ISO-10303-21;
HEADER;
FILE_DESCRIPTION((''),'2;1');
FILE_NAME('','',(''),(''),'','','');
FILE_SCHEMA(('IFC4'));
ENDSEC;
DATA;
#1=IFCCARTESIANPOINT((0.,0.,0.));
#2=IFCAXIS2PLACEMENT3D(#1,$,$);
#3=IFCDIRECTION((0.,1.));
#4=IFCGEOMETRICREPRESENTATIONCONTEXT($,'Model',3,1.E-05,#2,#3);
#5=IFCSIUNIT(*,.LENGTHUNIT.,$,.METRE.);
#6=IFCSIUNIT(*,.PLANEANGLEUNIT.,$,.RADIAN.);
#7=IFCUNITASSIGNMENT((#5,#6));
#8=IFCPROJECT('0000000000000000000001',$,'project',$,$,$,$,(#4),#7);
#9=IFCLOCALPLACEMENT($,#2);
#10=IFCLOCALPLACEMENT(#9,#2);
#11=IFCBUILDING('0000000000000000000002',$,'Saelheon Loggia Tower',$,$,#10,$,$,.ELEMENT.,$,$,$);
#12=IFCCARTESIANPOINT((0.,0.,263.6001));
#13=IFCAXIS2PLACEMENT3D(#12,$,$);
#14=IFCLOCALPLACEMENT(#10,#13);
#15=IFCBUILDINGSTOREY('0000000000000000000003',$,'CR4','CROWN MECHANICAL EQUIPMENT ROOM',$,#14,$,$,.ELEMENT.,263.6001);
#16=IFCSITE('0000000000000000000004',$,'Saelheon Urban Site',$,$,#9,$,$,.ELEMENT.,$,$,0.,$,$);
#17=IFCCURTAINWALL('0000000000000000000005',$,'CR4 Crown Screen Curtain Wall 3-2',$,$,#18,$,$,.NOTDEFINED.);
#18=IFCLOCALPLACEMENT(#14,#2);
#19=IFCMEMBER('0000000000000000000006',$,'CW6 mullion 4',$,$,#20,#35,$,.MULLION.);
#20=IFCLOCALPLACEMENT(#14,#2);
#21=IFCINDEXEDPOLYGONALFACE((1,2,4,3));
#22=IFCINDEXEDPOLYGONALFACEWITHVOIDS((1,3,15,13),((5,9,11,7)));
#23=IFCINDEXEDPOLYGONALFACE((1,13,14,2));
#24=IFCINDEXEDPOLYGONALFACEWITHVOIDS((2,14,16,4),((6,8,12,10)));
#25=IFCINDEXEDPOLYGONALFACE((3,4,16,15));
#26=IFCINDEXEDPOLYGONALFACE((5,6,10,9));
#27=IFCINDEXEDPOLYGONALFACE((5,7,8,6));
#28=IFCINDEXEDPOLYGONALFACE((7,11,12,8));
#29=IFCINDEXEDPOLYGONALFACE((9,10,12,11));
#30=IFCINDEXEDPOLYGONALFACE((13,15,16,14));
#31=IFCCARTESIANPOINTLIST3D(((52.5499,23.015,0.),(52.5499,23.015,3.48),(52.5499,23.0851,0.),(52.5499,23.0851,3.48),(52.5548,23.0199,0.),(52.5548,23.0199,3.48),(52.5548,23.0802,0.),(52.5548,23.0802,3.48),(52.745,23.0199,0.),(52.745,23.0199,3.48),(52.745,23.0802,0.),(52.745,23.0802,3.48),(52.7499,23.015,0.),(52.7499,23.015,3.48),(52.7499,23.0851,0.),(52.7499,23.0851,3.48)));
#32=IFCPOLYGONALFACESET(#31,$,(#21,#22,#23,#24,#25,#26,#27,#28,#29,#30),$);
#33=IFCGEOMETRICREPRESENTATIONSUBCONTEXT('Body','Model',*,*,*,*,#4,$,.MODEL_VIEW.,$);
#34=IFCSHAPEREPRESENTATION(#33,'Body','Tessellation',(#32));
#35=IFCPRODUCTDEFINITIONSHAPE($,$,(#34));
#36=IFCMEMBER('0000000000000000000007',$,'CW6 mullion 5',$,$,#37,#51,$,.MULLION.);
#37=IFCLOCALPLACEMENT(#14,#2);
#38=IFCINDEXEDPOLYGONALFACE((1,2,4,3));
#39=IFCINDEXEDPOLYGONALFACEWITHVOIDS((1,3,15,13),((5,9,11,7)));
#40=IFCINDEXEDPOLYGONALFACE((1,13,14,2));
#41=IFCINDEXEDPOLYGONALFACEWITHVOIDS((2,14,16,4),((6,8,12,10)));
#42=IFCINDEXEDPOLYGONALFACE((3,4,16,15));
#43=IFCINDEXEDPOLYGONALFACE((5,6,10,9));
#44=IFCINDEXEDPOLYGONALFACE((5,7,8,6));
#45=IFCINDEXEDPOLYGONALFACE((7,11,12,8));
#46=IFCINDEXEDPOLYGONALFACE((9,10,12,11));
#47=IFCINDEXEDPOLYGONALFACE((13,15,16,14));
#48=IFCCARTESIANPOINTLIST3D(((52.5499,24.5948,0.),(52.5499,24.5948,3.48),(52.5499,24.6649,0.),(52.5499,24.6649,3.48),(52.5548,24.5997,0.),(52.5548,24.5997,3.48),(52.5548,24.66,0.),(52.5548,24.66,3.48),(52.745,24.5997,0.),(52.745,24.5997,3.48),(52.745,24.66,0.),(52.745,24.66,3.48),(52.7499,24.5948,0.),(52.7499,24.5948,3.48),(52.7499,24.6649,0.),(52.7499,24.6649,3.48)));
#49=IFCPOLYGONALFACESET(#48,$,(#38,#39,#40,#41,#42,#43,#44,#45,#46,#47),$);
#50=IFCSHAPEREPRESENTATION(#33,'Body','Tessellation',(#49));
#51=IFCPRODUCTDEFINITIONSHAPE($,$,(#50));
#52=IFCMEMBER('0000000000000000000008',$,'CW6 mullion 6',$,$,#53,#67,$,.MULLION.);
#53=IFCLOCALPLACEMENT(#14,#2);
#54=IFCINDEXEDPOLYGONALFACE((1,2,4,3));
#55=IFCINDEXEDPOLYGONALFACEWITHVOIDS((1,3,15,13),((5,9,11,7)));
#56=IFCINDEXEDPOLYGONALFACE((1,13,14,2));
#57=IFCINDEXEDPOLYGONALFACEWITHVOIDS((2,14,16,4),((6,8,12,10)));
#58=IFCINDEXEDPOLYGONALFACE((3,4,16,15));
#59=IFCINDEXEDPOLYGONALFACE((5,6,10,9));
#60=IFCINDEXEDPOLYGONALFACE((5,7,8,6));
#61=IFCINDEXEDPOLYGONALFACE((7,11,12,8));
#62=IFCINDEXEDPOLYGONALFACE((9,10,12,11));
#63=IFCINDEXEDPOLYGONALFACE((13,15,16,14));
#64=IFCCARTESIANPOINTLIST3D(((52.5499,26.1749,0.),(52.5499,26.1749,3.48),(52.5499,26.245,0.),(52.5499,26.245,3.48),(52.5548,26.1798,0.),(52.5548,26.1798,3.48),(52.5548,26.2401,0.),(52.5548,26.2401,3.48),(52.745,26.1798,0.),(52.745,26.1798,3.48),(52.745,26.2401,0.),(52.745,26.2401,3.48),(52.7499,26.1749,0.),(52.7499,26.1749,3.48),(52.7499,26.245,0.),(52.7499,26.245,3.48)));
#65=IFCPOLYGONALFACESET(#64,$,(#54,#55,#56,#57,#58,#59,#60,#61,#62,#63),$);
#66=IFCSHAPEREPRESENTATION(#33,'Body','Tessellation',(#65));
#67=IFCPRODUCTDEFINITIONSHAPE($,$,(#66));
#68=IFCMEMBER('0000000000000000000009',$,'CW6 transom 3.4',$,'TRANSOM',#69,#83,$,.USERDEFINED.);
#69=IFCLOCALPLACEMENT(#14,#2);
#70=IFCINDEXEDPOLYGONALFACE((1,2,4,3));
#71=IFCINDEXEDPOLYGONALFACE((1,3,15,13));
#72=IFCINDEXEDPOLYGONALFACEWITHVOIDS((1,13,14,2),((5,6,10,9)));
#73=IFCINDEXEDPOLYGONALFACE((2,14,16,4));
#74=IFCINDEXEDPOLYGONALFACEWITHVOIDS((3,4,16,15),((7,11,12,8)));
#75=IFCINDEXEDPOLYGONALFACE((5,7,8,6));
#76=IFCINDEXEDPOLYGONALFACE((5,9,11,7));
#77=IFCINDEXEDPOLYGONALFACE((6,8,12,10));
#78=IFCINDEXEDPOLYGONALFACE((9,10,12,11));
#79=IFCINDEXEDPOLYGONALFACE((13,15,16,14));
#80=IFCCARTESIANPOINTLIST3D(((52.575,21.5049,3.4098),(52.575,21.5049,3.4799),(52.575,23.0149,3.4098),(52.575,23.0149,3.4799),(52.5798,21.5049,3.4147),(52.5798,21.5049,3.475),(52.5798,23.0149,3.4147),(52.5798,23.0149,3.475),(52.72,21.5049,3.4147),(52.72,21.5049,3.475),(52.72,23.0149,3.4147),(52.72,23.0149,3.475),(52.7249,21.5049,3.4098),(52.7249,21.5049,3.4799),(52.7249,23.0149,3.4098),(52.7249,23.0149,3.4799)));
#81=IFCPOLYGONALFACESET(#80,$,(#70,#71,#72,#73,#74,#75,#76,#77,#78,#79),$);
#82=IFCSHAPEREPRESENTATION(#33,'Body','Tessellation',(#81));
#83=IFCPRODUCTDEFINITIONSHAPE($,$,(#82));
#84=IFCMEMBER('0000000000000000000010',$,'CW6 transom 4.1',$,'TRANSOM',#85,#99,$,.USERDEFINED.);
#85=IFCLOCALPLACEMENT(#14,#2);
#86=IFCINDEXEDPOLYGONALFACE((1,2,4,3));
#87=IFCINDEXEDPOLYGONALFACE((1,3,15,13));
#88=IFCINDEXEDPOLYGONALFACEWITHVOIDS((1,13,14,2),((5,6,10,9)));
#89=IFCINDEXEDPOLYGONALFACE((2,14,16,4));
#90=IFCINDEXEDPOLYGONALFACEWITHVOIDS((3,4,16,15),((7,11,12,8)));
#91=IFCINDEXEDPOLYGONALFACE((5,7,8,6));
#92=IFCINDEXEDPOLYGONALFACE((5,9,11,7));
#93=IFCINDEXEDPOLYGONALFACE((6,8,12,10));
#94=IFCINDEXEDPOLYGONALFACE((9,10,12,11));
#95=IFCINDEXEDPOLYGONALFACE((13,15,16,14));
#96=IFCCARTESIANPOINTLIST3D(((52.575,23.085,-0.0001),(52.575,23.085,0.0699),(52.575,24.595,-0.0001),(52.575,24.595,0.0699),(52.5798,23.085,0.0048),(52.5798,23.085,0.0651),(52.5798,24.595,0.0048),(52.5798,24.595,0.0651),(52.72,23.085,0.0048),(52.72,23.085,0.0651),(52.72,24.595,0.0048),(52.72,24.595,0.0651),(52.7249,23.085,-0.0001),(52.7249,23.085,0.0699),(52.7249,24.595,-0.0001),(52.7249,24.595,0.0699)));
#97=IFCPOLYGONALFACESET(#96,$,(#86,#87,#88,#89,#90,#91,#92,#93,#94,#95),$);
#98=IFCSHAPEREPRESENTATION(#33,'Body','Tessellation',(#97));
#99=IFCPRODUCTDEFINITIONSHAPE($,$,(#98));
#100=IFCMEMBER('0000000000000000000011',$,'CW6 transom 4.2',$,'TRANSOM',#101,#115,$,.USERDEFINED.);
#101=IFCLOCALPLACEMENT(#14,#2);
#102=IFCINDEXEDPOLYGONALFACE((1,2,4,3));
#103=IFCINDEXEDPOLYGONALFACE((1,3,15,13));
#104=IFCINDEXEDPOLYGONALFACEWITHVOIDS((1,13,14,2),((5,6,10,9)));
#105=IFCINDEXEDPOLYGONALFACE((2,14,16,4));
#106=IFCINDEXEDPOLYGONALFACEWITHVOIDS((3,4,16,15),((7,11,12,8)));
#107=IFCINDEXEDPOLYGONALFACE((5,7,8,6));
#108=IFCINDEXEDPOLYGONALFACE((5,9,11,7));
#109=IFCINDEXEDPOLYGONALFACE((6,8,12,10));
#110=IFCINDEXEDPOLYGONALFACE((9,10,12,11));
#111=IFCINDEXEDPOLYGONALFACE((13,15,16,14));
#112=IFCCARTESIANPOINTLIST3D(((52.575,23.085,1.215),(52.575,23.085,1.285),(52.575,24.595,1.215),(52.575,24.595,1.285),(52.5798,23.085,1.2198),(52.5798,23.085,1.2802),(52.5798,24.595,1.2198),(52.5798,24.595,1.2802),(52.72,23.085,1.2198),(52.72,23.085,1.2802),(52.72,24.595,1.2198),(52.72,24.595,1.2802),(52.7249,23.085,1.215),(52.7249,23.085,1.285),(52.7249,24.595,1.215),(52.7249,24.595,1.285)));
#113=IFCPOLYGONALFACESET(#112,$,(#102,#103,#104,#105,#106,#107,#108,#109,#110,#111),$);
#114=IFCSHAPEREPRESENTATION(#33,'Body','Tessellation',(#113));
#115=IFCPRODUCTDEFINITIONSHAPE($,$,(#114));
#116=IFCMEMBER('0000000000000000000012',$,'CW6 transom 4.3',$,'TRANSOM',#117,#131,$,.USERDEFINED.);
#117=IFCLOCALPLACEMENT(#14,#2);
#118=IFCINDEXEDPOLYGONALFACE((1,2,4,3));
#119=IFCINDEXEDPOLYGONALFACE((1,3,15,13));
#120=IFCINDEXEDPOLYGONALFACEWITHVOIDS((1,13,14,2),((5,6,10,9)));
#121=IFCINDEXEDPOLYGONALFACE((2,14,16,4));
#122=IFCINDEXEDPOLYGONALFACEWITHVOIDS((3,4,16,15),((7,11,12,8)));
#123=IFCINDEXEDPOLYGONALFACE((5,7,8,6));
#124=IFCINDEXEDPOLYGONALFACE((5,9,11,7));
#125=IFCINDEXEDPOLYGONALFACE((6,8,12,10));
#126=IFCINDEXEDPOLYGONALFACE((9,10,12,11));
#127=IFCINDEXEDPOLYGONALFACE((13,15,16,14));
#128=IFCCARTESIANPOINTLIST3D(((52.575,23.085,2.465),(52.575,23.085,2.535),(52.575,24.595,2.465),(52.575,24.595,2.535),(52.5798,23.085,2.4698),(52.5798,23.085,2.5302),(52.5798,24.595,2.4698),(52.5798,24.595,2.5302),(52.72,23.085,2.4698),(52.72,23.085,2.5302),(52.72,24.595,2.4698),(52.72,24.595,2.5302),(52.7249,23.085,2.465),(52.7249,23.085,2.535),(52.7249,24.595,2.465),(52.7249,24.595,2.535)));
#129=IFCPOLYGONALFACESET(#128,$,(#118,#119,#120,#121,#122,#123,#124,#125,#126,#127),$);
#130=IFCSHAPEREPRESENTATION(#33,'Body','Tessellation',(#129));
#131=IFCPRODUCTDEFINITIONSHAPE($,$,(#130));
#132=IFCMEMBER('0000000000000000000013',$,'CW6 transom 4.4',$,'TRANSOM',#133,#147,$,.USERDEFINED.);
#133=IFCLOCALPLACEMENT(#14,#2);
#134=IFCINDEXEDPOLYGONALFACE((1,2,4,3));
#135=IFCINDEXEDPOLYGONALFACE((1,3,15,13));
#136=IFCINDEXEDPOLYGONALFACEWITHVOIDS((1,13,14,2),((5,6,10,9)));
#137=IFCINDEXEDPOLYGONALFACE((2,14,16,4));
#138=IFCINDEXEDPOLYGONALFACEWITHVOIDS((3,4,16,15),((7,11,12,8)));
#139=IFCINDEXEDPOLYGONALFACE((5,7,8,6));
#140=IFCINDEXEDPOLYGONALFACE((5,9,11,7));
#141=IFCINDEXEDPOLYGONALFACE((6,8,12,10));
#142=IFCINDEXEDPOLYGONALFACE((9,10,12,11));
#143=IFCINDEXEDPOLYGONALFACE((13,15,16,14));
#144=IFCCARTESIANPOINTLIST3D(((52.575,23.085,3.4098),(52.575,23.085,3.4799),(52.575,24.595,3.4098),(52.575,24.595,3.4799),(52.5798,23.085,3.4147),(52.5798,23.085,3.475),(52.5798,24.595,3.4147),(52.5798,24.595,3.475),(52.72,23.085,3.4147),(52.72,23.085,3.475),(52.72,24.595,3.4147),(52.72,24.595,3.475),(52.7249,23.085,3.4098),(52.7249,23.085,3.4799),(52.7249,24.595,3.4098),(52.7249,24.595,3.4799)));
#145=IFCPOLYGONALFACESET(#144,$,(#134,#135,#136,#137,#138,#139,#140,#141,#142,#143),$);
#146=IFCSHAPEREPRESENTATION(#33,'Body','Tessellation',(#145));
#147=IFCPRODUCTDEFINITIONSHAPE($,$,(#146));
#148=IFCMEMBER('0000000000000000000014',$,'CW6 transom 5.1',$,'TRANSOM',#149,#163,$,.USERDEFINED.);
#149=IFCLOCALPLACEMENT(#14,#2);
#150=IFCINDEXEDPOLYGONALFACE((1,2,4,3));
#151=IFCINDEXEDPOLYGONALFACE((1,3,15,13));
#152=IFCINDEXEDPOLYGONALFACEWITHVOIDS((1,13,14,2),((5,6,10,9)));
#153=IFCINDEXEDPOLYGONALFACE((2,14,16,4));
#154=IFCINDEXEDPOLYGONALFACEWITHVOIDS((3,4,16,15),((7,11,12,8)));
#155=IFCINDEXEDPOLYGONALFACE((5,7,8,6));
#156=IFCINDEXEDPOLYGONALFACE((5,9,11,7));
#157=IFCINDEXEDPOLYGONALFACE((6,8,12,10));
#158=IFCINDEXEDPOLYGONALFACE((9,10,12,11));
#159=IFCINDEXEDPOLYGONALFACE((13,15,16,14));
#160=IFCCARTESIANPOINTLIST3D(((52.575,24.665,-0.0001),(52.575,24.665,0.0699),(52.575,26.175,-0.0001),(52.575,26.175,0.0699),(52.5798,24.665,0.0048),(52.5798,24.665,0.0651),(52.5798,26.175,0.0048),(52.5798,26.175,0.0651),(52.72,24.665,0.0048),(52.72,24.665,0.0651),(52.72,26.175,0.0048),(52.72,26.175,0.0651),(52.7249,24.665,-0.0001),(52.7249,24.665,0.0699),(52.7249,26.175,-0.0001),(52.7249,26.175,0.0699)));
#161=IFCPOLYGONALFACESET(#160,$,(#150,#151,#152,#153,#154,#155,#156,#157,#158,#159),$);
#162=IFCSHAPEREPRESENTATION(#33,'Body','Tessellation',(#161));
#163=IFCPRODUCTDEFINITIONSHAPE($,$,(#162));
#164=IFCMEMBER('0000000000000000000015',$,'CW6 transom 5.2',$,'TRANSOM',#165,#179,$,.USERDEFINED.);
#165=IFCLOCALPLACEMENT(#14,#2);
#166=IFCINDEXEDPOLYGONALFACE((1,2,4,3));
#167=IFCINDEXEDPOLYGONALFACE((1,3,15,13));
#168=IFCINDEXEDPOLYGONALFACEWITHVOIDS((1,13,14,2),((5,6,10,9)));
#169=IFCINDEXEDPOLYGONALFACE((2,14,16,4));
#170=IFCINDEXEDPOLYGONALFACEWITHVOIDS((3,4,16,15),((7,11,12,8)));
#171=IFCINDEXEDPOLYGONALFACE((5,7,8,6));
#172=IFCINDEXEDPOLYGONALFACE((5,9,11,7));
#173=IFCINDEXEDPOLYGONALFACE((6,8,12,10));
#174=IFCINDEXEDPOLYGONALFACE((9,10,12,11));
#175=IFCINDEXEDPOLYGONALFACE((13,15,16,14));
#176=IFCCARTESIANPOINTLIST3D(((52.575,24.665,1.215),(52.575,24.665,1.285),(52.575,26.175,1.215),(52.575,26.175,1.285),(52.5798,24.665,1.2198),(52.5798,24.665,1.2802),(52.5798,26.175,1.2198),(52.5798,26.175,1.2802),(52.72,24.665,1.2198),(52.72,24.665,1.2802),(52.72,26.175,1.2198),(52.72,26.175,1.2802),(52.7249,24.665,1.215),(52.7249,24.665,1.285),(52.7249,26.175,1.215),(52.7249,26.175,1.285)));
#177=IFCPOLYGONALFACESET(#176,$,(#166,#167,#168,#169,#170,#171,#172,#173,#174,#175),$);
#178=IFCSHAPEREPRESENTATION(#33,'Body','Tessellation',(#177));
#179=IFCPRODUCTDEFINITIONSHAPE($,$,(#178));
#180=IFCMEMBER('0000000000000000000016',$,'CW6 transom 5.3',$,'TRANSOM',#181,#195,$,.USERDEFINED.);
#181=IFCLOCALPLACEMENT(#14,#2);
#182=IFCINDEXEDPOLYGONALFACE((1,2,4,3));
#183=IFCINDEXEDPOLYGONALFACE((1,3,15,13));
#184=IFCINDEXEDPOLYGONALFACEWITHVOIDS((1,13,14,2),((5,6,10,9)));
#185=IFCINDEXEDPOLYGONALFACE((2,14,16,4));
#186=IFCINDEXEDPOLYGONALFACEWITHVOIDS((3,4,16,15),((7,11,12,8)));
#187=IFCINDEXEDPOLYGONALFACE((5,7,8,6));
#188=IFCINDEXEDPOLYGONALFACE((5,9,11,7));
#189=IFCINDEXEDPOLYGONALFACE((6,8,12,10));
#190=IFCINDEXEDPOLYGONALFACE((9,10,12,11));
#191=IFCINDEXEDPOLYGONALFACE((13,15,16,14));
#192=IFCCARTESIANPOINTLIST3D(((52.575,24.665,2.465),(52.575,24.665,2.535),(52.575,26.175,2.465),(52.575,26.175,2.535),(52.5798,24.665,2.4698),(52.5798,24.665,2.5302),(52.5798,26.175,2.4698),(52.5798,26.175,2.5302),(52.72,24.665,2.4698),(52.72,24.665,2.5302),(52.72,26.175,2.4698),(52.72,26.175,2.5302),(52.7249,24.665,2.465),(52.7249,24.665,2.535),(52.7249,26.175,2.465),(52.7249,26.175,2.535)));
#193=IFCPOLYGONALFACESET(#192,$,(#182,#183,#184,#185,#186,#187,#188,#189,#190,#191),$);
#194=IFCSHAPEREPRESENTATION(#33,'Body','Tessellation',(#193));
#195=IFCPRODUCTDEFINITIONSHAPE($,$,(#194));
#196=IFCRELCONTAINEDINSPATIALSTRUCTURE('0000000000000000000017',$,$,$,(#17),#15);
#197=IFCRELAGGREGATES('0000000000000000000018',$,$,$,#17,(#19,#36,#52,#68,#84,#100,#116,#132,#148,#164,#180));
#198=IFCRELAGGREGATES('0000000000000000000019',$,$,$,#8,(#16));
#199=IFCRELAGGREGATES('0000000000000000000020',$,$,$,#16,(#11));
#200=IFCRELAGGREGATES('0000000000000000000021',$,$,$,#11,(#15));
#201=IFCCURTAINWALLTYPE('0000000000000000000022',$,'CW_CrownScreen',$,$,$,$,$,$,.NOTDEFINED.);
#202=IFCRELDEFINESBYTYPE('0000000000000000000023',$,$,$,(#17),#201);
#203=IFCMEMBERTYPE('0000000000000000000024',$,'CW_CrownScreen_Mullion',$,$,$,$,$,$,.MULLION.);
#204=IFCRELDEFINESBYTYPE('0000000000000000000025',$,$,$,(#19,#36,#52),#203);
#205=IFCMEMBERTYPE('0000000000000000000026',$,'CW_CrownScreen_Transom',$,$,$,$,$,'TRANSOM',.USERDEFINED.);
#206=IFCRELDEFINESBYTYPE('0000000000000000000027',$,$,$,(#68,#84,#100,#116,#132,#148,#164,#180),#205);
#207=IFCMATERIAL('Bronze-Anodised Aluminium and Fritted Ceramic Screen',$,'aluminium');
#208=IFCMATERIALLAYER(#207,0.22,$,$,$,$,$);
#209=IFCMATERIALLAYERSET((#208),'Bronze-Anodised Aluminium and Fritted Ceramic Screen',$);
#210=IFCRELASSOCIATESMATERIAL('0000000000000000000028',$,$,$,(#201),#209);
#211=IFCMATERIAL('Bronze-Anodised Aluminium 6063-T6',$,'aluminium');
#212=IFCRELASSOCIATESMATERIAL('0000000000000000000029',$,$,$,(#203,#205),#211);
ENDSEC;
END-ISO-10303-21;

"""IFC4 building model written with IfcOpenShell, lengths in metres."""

from ifc_helpers import new_model, si_unit, direction, frame, origin, origin_2d, place, context, subcontext, project, spatial, hollow_rectangle, extrude, source, transform, mapped, material, layer, layer_set, material_profile, profile_set, type_object, element, aggregate, save


model = new_model("IFC4")

# Units and contexts
model_context = context("Model", 3, precision=1e-05, world=origin(), true_north=direction((0.0, 1.0)))
body_context = subcontext(model_context, "Body", "Model", "MODEL_VIEW")
ifc_project = project(units=[si_unit("LENGTHUNIT", "METRE"), si_unit("PLANEANGLEUNIT", "RADIAN")], contexts=[model_context])

# Site, building, storey
site_placement = place(None, origin())
site = spatial("IfcSite", under=ifc_project, at=site_placement, Name="Saelheon Urban Site", CompositionType="ELEMENT", RefElevation=0.0)
building_placement = place(site_placement, origin())
building = spatial("IfcBuilding", under=site, at=building_placement, Name="Saelheon Loggia Tower", CompositionType="ELEMENT")
storey_placement = place(building_placement, frame((0.0, 0.0, 263.6001)))
storey = spatial("IfcBuildingStorey", under=building, at=storey_placement, Name="CR4", Description="CROWN MECHANICAL EQUIPMENT ROOM", CompositionType="ELEMENT", Elevation=263.6001)

# Curtain wall, members
ifc_material_1 = material(Name="Bronze-Anodised Aluminium and Fritted Ceramic Screen", Category="aluminium")
ifc_layer_1 = layer(ifc_material_1, 0.22)
ifc_layer_set_1 = layer_set([ifc_layer_1], Name="Bronze-Anodised Aluminium and Fritted Ceramic Screen")
curtain_wall_type = type_object("IfcCurtainWallType", Name="CW_CrownScreen", PredefinedType="NOTDEFINED", material=ifc_layer_set_1)
curtain_wall_placement = place(storey_placement, origin())
curtain_wall = element("IfcCurtainWall", 1, at=curtain_wall_placement, inside=storey, type_object=curtain_wall_type, Name="CR4 Crown Screen Curtain Wall 3-2", PredefinedType="NOTDEFINED")
ifc_material_2 = material(Name="Bronze-Anodised Aluminium 6063-T6", Category="aluminium")
ifc_material_profile_1 = material_profile(ifc_material_2, hollow_rectangle(XDim=0.0701, YDim=0.2, WallThickness=0.0049, at=origin_2d()), Name="RHS-200x70x5")
ifc_profile_set_1 = profile_set([ifc_material_profile_1], Name="Bronze-Anodised Aluminium 6063-T6")
member_type_1 = type_object("IfcMemberType", Name="CW_CrownScreen_Mullion", PredefinedType="MULLION", material=ifc_profile_set_1)
shared_shape_1 = source(origin(), body_context, "Body", "SweptSolid", [
    extrude(hollow_rectangle(XDim=0.0701, YDim=0.2, WallThickness=0.0049, at=origin_2d()), origin(), (0.0, 0.0, 1.0), 3.48),
])
member_1_placement = place(storey_placement, frame((52.6499, 23.05, 0.0), z_axis=(0.0, 0.0, 1.0), x_axis=(0.0, 1.0, 0.0)))
member_1 = element("IfcMember", 2, at=member_1_placement, type_object=member_type_1, Name="CW6 mullion 4", PredefinedType="MULLION", context=body_context, shape_type="MappedRepresentation", body=[
    mapped(shared_shape_1, transform((0.0, 0.0, 0.0), scale=1.0)),
])
member_2_placement = place(storey_placement, frame((52.6499, 24.6299, 0.0), z_axis=(0.0, 0.0, 1.0), x_axis=(0.0, 1.0, 0.0)))
member_2 = element("IfcMember", 3, at=member_2_placement, type_object=member_type_1, Name="CW6 mullion 5", PredefinedType="MULLION", context=body_context, shape_type="MappedRepresentation", body=[
    mapped(shared_shape_1, transform((0.0, 0.0, 0.0), scale=1.0)),
])
member_3_placement = place(storey_placement, frame((52.6499, 26.21, 0.0), z_axis=(0.0, 0.0, 1.0), x_axis=(0.0, 1.0, 0.0)))
member_3 = element("IfcMember", 4, at=member_3_placement, type_object=member_type_1, Name="CW6 mullion 6", PredefinedType="MULLION", context=body_context, shape_type="MappedRepresentation", body=[
    mapped(shared_shape_1, transform((0.0, 0.0, 0.0), scale=1.0)),
])
ifc_material_profile_2 = material_profile(ifc_material_2, hollow_rectangle(XDim=0.0701, YDim=0.1499, WallThickness=0.0049, at=origin_2d()), Name="RHS-150x70x5")
ifc_profile_set_2 = profile_set([ifc_material_profile_2], Name="Bronze-Anodised Aluminium 6063-T6")
member_type_2 = type_object("IfcMemberType", Name="CW_CrownScreen_Transom", ElementType="TRANSOM", PredefinedType="USERDEFINED", material=ifc_profile_set_2)
shared_shape_2 = source(origin(), body_context, "Body", "SweptSolid", [
    extrude(hollow_rectangle(XDim=0.0701, YDim=0.1499, WallThickness=0.0049, at=origin_2d()), origin(), (0.0, 0.0, 1.0), 1.51),
])
member_4_placement = place(storey_placement, frame((52.6499, 21.5049, 3.4448), z_axis=(0.0, 1.0, 0.0), x_axis=(0.0, 0.0, 1.0)))
member_4 = element("IfcMember", 5, at=member_4_placement, type_object=member_type_2, Name="CW6 transom 3.4", ObjectType="TRANSOM", PredefinedType="USERDEFINED", context=body_context, shape_type="MappedRepresentation", body=[
    mapped(shared_shape_2, transform((0.0, 0.0, 0.0), scale=1.0)),
])
member_5_placement = place(storey_placement, frame((52.6499, 23.085, 0.0349), z_axis=(0.0, 1.0, 0.0), x_axis=(0.0, 0.0, 1.0)))
member_5 = element("IfcMember", 6, at=member_5_placement, type_object=member_type_2, Name="CW6 transom 4.1", ObjectType="TRANSOM", PredefinedType="USERDEFINED", context=body_context, shape_type="MappedRepresentation", body=[
    mapped(shared_shape_2, transform((0.0, 0.0, 0.0), scale=1.0)),
])
member_6_placement = place(storey_placement, frame((52.6499, 23.085, 1.25), z_axis=(0.0, 1.0, 0.0), x_axis=(0.0, 0.0, 1.0)))
member_6 = element("IfcMember", 7, at=member_6_placement, type_object=member_type_2, Name="CW6 transom 4.2", ObjectType="TRANSOM", PredefinedType="USERDEFINED", context=body_context, shape_type="MappedRepresentation", body=[
    mapped(shared_shape_2, transform((0.0, 0.0, 0.0), scale=1.0)),
])
member_7_placement = place(storey_placement, frame((52.6499, 23.085, 2.5), z_axis=(0.0, 1.0, 0.0), x_axis=(0.0, 0.0, 1.0)))
member_7 = element("IfcMember", 8, at=member_7_placement, type_object=member_type_2, Name="CW6 transom 4.3", ObjectType="TRANSOM", PredefinedType="USERDEFINED", context=body_context, shape_type="MappedRepresentation", body=[
    mapped(shared_shape_2, transform((0.0, 0.0, 0.0), scale=1.0)),
])
member_8_placement = place(storey_placement, frame((52.6499, 23.085, 3.4448), z_axis=(0.0, 1.0, 0.0), x_axis=(0.0, 0.0, 1.0)))
member_8 = element("IfcMember", 9, at=member_8_placement, type_object=member_type_2, Name="CW6 transom 4.4", ObjectType="TRANSOM", PredefinedType="USERDEFINED", context=body_context, shape_type="MappedRepresentation", body=[
    mapped(shared_shape_2, transform((0.0, 0.0, 0.0), scale=1.0)),
])
member_9_placement = place(storey_placement, frame((52.6499, 24.665, 0.0349), z_axis=(0.0, 1.0, 0.0), x_axis=(0.0, 0.0, 1.0)))
member_9 = element("IfcMember", 10, at=member_9_placement, type_object=member_type_2, Name="CW6 transom 5.1", ObjectType="TRANSOM", PredefinedType="USERDEFINED", context=body_context, shape_type="MappedRepresentation", body=[
    mapped(shared_shape_2, transform((0.0, 0.0, 0.0), scale=1.0)),
])
member_10_placement = place(storey_placement, frame((52.6499, 24.665, 1.25), z_axis=(0.0, 1.0, 0.0), x_axis=(0.0, 0.0, 1.0)))
member_10 = element("IfcMember", 11, at=member_10_placement, type_object=member_type_2, Name="CW6 transom 5.2", ObjectType="TRANSOM", PredefinedType="USERDEFINED", context=body_context, shape_type="MappedRepresentation", body=[
    mapped(shared_shape_2, transform((0.0, 0.0, 0.0), scale=1.0)),
])
member_11_placement = place(storey_placement, frame((52.6499, 24.665, 2.5), z_axis=(0.0, 1.0, 0.0), x_axis=(0.0, 0.0, 1.0)))
member_11 = element("IfcMember", 12, at=member_11_placement, type_object=member_type_2, Name="CW6 transom 5.3", ObjectType="TRANSOM", PredefinedType="USERDEFINED", context=body_context, shape_type="MappedRepresentation", body=[
    mapped(shared_shape_2, transform((0.0, 0.0, 0.0), scale=1.0)),
])
aggregate(curtain_wall, [member_1, member_2, member_3, member_4, member_5, member_6, member_7, member_8, member_9, member_10, member_11])

save(model, "model.ifc")
